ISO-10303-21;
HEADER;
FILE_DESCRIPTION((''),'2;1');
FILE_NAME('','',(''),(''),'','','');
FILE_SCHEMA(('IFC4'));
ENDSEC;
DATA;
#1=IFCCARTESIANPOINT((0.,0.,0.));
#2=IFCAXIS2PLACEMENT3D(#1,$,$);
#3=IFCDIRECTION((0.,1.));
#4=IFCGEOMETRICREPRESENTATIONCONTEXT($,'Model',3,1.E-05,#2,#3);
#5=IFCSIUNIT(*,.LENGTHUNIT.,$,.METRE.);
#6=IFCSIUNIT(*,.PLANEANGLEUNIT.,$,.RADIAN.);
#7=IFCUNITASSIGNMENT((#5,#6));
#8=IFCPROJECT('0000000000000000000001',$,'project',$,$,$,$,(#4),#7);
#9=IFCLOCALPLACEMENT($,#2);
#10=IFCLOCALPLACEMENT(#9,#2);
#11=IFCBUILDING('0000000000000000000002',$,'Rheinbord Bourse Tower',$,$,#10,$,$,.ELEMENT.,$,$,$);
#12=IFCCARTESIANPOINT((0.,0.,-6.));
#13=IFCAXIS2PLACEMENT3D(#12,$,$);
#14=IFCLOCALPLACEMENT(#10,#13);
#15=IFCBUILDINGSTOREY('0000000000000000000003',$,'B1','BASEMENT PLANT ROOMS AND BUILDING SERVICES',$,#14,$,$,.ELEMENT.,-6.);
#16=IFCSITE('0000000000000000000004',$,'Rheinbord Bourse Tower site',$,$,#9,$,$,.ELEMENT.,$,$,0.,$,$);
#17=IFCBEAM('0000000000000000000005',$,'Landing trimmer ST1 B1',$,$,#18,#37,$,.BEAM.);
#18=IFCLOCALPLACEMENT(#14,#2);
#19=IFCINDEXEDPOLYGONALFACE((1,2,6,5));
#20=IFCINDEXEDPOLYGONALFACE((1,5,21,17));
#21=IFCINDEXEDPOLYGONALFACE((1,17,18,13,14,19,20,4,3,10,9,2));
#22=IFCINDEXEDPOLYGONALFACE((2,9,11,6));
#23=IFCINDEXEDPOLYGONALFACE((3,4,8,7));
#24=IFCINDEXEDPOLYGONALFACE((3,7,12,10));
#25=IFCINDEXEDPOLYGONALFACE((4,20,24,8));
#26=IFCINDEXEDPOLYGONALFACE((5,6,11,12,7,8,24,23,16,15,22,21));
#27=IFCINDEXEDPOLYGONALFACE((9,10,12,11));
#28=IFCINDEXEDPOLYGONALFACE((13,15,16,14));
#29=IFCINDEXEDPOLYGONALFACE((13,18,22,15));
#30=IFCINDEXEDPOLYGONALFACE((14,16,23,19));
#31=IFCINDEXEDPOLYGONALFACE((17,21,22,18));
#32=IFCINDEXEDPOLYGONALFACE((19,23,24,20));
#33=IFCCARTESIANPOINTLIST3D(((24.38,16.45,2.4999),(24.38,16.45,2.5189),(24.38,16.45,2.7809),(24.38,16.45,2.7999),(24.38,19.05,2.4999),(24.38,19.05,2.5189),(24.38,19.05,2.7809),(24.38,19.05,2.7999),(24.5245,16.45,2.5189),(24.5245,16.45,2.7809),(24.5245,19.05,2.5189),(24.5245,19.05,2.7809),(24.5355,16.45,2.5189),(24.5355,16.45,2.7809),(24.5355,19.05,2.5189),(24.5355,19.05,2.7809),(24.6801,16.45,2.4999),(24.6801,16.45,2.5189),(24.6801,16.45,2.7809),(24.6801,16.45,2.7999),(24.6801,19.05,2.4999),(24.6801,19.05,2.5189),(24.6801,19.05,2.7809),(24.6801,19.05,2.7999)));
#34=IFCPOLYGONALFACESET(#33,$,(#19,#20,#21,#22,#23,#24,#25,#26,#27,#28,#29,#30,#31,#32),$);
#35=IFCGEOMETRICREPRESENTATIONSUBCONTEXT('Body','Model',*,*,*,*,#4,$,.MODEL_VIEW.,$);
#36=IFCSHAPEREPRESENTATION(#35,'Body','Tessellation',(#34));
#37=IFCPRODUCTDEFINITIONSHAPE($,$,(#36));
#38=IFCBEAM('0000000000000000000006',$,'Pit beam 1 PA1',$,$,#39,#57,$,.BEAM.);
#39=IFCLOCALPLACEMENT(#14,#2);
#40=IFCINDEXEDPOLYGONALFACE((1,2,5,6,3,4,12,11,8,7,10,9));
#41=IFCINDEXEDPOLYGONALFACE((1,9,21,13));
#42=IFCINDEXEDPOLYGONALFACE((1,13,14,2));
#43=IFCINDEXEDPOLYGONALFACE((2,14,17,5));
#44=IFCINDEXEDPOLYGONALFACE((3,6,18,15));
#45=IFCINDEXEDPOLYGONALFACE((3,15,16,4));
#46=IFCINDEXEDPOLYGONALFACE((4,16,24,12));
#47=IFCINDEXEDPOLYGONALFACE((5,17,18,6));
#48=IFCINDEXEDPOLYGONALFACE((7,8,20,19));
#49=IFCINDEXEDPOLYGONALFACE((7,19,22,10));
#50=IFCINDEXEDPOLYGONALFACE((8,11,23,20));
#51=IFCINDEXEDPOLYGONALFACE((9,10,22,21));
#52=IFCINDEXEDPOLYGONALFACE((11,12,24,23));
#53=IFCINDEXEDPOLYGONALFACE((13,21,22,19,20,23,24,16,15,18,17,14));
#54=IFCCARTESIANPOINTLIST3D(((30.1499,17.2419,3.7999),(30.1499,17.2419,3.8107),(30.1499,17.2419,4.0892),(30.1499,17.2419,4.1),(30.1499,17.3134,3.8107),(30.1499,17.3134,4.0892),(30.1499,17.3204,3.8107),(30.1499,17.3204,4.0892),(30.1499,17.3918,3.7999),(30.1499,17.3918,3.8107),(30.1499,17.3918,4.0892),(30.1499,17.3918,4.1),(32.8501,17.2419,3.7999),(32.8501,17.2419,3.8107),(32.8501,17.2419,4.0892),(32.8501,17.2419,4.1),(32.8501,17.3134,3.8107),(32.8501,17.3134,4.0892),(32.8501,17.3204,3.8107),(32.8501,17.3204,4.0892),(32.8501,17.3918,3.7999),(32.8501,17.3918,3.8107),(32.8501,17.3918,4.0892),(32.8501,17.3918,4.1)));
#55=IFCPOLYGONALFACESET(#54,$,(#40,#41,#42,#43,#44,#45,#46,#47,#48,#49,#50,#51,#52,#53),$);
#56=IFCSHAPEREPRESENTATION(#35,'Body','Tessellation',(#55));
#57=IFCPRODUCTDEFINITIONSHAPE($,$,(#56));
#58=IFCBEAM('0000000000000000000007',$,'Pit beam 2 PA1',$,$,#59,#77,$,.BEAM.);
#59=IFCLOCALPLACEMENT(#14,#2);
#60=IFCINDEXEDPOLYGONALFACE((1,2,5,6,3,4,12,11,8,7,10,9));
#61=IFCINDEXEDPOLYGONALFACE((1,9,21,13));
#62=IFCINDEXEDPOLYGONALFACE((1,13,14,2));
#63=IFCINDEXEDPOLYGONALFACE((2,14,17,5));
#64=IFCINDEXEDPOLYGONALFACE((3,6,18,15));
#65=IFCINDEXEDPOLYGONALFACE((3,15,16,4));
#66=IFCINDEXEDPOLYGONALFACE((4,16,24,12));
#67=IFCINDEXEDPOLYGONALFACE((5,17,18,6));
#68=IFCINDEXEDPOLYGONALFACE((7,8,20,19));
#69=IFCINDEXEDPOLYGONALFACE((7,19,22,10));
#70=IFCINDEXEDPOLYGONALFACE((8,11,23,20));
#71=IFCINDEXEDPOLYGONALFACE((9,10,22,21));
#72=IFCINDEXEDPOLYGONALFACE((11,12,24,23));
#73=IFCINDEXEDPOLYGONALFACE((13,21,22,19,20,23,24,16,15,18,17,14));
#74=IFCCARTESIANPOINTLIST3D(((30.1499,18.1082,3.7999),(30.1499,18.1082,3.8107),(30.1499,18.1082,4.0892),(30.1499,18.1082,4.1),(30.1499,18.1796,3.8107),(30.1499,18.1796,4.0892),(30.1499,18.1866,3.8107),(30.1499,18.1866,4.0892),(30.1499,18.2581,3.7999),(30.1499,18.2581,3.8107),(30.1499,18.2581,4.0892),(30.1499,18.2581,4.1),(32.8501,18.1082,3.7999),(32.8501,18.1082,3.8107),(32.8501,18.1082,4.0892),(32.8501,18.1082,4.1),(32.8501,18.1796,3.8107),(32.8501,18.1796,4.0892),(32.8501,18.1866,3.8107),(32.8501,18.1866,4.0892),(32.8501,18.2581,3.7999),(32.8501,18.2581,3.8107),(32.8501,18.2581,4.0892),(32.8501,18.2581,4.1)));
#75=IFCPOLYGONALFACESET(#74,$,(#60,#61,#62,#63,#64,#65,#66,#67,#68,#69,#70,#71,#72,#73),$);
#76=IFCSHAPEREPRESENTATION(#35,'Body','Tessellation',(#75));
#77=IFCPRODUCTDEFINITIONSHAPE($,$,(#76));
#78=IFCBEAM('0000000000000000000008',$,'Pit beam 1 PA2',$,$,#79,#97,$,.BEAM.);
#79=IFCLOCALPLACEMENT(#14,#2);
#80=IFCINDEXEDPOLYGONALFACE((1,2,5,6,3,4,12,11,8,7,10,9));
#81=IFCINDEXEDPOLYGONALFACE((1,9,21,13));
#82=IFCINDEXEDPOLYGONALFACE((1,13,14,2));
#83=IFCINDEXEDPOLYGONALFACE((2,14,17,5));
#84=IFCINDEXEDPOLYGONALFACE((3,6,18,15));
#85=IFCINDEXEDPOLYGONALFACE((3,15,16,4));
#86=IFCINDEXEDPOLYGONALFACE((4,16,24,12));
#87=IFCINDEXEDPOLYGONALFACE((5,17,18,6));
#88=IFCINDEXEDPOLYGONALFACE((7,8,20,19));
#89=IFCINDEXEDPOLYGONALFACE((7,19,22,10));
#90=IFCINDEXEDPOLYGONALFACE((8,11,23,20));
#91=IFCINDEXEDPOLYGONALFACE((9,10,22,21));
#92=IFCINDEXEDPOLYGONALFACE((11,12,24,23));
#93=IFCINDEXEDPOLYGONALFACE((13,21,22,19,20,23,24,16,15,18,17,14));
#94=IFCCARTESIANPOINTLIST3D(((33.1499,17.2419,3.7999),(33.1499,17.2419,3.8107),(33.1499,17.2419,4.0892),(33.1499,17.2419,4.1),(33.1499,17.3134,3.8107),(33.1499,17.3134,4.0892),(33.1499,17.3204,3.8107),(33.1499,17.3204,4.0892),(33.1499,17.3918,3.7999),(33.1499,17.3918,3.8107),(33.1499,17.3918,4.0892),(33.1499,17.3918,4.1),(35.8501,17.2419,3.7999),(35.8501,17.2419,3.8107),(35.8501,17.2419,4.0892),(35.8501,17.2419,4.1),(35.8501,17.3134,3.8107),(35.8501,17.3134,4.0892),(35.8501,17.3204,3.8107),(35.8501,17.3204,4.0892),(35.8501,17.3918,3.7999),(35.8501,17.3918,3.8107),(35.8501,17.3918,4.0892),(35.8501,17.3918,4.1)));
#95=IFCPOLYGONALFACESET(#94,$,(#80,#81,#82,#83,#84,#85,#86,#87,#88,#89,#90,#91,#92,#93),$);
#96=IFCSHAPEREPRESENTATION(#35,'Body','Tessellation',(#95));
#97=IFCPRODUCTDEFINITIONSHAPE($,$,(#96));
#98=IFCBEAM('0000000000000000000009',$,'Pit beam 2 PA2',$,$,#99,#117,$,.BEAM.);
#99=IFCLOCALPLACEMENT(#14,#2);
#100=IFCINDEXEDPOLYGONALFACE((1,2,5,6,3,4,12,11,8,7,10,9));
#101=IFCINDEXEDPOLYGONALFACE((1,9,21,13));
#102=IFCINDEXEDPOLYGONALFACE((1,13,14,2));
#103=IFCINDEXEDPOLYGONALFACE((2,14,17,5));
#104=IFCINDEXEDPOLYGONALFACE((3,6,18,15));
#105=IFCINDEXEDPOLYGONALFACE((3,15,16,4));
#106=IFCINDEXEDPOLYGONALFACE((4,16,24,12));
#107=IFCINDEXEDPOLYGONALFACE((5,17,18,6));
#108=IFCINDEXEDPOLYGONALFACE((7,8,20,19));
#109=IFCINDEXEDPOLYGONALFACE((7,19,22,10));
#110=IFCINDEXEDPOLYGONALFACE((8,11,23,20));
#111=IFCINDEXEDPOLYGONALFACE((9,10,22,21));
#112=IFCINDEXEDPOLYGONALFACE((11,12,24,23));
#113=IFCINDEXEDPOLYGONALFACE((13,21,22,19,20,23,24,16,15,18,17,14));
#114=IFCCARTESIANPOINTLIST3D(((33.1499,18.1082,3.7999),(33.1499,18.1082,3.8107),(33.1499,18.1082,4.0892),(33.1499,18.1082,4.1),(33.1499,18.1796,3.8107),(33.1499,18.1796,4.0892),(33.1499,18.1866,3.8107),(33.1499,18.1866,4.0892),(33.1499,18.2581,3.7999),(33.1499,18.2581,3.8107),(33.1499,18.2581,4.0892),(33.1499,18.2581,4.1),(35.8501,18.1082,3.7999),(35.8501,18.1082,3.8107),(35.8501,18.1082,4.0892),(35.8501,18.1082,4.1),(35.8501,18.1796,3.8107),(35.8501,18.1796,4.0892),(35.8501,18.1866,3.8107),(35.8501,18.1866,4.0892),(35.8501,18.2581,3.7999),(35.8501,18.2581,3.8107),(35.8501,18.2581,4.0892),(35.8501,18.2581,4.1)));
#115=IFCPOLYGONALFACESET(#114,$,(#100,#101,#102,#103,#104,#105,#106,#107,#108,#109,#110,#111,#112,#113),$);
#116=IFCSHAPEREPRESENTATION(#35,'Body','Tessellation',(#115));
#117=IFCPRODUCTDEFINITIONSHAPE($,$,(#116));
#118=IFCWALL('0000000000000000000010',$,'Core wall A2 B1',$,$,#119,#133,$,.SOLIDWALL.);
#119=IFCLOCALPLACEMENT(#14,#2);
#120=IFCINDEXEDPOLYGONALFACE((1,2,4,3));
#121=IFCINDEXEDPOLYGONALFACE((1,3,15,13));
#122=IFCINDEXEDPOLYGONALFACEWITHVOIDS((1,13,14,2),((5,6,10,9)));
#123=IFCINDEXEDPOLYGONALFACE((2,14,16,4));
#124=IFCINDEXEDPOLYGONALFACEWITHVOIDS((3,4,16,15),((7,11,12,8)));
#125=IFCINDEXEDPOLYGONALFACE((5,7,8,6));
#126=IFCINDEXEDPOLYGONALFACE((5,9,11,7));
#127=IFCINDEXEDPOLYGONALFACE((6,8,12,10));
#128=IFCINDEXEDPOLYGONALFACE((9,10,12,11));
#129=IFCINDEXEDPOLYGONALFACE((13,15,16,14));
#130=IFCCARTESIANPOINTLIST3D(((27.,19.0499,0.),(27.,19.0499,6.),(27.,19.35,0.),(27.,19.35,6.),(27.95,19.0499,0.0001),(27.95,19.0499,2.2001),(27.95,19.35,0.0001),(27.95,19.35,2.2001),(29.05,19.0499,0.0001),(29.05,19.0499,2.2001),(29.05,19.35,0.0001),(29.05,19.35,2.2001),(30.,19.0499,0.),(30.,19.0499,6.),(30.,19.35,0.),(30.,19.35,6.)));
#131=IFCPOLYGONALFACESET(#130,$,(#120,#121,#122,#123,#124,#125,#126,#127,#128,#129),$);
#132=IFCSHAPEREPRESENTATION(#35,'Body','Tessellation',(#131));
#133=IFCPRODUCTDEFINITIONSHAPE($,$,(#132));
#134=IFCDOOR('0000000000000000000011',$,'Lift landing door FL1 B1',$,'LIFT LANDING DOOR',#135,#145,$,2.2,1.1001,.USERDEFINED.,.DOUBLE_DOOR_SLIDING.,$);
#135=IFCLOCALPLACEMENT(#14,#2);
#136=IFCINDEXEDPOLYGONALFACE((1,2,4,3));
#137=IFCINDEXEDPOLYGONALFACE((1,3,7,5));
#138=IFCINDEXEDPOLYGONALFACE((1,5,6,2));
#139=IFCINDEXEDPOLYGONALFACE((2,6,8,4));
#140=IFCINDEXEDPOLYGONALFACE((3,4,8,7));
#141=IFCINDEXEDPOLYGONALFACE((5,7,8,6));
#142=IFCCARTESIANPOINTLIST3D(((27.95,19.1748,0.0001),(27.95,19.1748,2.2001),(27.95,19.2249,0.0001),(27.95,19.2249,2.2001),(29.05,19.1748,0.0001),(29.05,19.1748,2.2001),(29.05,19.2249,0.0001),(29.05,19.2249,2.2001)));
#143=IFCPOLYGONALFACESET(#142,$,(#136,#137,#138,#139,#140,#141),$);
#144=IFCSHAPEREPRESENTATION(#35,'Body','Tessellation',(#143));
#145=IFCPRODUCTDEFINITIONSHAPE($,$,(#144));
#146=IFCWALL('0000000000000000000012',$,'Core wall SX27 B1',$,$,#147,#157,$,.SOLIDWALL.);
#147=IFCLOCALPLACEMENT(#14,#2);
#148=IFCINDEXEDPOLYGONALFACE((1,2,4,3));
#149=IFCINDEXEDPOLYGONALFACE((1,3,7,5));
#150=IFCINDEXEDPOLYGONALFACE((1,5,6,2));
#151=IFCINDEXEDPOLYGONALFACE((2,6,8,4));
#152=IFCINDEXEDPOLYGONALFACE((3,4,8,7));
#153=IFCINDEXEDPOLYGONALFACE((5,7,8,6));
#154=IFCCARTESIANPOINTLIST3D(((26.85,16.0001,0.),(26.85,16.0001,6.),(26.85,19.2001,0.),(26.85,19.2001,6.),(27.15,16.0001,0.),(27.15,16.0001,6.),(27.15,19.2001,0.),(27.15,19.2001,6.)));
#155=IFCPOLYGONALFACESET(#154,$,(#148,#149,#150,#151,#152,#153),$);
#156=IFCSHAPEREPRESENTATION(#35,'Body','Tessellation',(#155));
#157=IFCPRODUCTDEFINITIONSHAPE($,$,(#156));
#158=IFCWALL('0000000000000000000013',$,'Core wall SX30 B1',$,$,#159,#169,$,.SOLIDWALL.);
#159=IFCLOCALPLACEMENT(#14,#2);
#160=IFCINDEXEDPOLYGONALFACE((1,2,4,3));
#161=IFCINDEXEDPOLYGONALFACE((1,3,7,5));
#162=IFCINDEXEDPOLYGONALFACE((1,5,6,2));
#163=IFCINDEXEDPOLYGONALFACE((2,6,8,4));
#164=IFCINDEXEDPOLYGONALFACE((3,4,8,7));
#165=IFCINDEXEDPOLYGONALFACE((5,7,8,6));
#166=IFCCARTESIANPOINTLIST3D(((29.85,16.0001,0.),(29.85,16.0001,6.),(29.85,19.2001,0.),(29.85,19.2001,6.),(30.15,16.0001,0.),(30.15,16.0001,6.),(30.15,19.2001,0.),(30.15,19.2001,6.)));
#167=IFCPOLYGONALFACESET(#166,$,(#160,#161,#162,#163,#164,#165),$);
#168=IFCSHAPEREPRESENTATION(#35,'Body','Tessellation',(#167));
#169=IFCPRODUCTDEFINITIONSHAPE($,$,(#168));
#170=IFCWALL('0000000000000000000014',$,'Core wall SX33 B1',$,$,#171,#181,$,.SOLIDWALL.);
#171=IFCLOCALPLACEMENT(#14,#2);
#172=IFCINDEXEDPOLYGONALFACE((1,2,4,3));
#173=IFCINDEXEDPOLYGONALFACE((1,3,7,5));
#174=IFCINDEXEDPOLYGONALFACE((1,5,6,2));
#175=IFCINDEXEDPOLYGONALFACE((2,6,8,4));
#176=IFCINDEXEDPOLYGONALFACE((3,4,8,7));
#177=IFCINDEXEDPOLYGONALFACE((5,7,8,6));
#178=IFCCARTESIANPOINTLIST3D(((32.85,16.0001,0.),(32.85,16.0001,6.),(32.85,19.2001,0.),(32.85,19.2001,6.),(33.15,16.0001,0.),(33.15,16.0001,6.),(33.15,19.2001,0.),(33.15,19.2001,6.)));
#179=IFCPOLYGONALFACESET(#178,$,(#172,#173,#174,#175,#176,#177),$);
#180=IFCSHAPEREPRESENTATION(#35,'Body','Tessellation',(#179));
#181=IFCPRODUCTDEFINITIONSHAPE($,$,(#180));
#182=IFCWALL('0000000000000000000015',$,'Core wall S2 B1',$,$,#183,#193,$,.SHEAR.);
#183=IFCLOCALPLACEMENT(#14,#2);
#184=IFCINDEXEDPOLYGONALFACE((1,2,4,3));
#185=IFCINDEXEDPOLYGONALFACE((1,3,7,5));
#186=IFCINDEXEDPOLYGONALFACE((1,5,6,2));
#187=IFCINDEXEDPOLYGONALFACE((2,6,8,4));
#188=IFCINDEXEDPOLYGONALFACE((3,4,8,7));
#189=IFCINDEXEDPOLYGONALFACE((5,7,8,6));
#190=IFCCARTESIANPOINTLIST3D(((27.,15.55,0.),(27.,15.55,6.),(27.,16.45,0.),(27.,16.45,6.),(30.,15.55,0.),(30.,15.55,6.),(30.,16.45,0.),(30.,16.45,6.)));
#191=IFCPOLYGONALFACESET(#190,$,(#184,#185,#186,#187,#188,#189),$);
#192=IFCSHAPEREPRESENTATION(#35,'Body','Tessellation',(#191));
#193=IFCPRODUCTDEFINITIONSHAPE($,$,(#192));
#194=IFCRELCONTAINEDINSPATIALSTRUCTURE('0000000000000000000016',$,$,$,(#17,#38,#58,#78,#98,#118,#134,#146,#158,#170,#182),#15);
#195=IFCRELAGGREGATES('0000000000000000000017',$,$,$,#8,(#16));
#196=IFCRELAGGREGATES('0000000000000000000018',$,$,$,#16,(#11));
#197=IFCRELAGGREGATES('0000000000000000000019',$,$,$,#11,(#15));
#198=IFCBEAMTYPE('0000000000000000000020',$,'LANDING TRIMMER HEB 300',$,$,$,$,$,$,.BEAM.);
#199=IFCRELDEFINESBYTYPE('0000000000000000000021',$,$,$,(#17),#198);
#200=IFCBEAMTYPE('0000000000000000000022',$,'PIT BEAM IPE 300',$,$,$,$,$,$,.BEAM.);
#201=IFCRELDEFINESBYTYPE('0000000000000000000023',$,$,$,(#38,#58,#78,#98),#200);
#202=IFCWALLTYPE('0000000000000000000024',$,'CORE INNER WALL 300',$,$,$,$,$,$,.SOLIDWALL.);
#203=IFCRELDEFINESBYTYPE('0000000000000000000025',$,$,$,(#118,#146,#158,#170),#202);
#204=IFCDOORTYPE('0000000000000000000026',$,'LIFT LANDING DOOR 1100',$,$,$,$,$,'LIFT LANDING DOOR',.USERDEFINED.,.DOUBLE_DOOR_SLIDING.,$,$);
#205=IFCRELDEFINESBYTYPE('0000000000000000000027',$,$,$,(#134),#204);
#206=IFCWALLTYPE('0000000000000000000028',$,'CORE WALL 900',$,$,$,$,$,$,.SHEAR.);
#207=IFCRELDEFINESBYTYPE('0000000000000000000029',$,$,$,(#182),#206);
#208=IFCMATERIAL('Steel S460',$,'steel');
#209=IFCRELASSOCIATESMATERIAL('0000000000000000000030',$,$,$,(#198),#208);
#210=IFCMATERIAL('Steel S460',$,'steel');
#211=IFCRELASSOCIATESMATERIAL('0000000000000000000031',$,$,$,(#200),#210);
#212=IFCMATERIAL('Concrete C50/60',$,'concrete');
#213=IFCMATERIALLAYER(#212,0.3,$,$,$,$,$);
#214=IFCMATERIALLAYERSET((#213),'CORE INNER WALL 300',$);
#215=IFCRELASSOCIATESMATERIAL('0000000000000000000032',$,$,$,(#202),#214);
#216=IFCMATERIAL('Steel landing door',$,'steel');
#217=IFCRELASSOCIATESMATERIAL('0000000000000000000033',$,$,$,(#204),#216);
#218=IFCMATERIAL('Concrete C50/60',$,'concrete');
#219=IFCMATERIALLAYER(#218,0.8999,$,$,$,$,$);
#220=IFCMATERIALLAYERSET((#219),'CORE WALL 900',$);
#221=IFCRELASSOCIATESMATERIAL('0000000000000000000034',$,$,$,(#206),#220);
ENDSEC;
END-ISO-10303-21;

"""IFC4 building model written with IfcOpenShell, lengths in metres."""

from ifc_helpers import new_model, si_unit, direction, frame, frame_2d, origin, origin_2d, place, context, subcontext, project, spatial, rectangle, i_section, extrude, material, layer, layer_set, material_profile, profile_set, type_object, element, fill, save


model = new_model("IFC4")

# Units and contexts
model_context = context("Model", 3, precision=1e-05, world=origin(), true_north=direction((0.0, 1.0)))
body_context = subcontext(model_context, "Body", "Model", "MODEL_VIEW")
ifc_project = project(units=[si_unit("LENGTHUNIT", "METRE"), si_unit("PLANEANGLEUNIT", "RADIAN")], contexts=[model_context])

# Site, building, storey
site_placement = place(None, origin())
site = spatial("IfcSite", under=ifc_project, at=site_placement, Name="Rheinbord Bourse Tower site", CompositionType="ELEMENT", RefElevation=0.0)
building_placement = place(site_placement, origin())
building = spatial("IfcBuilding", under=site, at=building_placement, Name="Rheinbord Bourse Tower", CompositionType="ELEMENT")
storey_placement = place(building_placement, frame((0.0, 0.0, -6.0)))
storey = spatial("IfcBuildingStorey", under=building, at=storey_placement, Name="B1", Description="BASEMENT PLANT ROOMS AND BUILDING SERVICES", CompositionType="ELEMENT", Elevation=-6.0)

# Beams
ifc_material_1 = material(Name="Steel S460", Category="steel")
ifc_material_profile_1 = material_profile(ifc_material_1, i_section(OverallWidth=0.3, OverallDepth=0.3, WebThickness=0.011, FlangeThickness=0.019, at=origin_2d()), Name="HEB 300")
ifc_profile_set_1 = profile_set([ifc_material_profile_1], Name="Steel S460")
beam_type_1 = type_object("IfcBeamType", Name="LANDING TRIMMER HEB 300", PredefinedType="BEAM", material=ifc_profile_set_1)
beam_placement = place(storey_placement, frame((24.53, 16.45, 2.6499), z_axis=(0.0, 1.0, 0.0), x_axis=(-1.0, 0.0, 0.0)))
element("IfcBeam", 1, at=beam_placement, inside=storey, type_object=beam_type_1, Name="Landing trimmer ST1 B1", PredefinedType="BEAM", context=body_context, shape_type="SweptSolid", body=[
    extrude(i_section(OverallWidth=0.3, OverallDepth=0.3, WebThickness=0.011, FlangeThickness=0.019, at=origin_2d()), origin(), (0.0, 0.0, 1.0), 2.6001),
])
ifc_material_2 = material(Name="Steel S460", Category="steel")
ifc_material_profile_2 = material_profile(ifc_material_2, i_section(OverallWidth=0.1499, OverallDepth=0.3, WebThickness=0.0071, FlangeThickness=0.0107, at=origin_2d()), Name="IPE 300")
ifc_profile_set_2 = profile_set([ifc_material_profile_2], Name="Steel S460")
beam_type_2 = type_object("IfcBeamType", Name="PIT BEAM IPE 300", PredefinedType="BEAM", material=ifc_profile_set_2)
for number, where, z_axis, x_axis, name in (
    (2, (30.1499, 17.3169, 3.95), (1.0, 0.0, 0.0), (0.0, 1.0, 0.0), "Pit beam 1 PA1"),
    (3, (30.1499, 18.1831, 3.95), (1.0, 0.0, 0.0), (0.0, 1.0, 0.0), "Pit beam 2 PA1"),
    (4, (33.1499, 17.3169, 3.95), (1.0, 0.0, 0.0), (0.0, 1.0, 0.0), "Pit beam 1 PA2"),
    (5, (33.1499, 18.1831, 3.95), (1.0, 0.0, 0.0), (0.0, 1.0, 0.0), "Pit beam 2 PA2"),
):
    element("IfcBeam", number, at=place(storey_placement, frame(where, z_axis=z_axis, x_axis=x_axis)), inside=storey, type_object=beam_type_2, Name=name, PredefinedType="BEAM", context=body_context, shape_type="SweptSolid", body=[
        extrude(i_section(OverallWidth=0.1499, OverallDepth=0.3, WebThickness=0.0071, FlangeThickness=0.0107, at=origin_2d()), origin(), (0.0, 0.0, 1.0), 2.7002),
    ])

# Wall, opening, door
ifc_material_3 = material(Name="Concrete C50/60", Category="concrete")
ifc_layer_1 = layer(ifc_material_3, 0.3)
ifc_layer_set_1 = layer_set([ifc_layer_1], Name="CORE INNER WALL 300")
wall_type_1 = type_object("IfcWallType", Name="CORE INNER WALL 300", PredefinedType="SOLIDWALL", material=ifc_layer_set_1)
wall_1_placement = place(storey_placement, frame((27.0, 19.2, 0.0), z_axis=(0.0, 0.0, 1.0), x_axis=(1.0, 0.0, 0.0)))
wall_1 = element("IfcWall", 6, at=wall_1_placement, inside=storey, type_object=wall_type_1, Name="Core wall A2 B1", PredefinedType="SOLIDWALL", context=body_context, shape_type="SweptSolid", body=[
    extrude(rectangle(XDim=3.0, YDim=0.3, at=frame_2d((1.5, 0.0))), origin(), (0.0, 0.0, 1.0), 6.0),
])
opening_placement = place(wall_1_placement, frame((0.95, 0.0, 0.0)))
opening = element("IfcOpeningElement", 7, at=opening_placement, cuts=wall_1, PredefinedType="OPENING", context=body_context, shape_type="SweptSolid", body=[
    extrude(rectangle(XDim=1.1001, YDim=2.2, at=frame_2d((0.55, 1.1001))), frame((0.0, 0.1599, 0.0), z_axis=(0.0, -1.0, 0.0), x_axis=(1.0, 0.0, 0.0)), (0.0, 0.0, 1.0), 0.3201),
])
ifc_material_4 = material(Name="Steel landing door", Category="steel")
door_type = type_object("IfcDoorType", Name="LIFT LANDING DOOR 1100", ElementType="LIFT LANDING DOOR", OperationType="DOUBLE_DOOR_SLIDING", PredefinedType="USERDEFINED", material=ifc_material_4)
door_placement = place(opening_placement, origin())
door = element("IfcDoor", 8, at=door_placement, inside=storey, type_object=door_type, Name="Lift landing door FL1 B1", ObjectType="LIFT LANDING DOOR", OperationType="DOUBLE_DOOR_SLIDING", OverallHeight=2.2, OverallWidth=1.1001, PredefinedType="USERDEFINED", context=body_context, shape_type="SweptSolid", body=[
    extrude(rectangle(XDim=1.1001, YDim=2.2, at=frame_2d((0.55, 1.1001))), frame((0.0, 0.0249, 0.0), z_axis=(0.0, -1.0, 0.0), x_axis=(1.0, 0.0, 0.0)), (0.0, 0.0, 1.0), 0.05),
])
fill(opening, door)

# Walls
for number, where, z_axis, x_axis, name in (
    (9, (27.0, 16.0, 0.0), (0.0, 0.0, 1.0), (0.0, 1.0, 0.0), "Core wall SX27 B1"),
    (10, (30.0, 16.0, 0.0), (0.0, 0.0, 1.0), (0.0, 1.0, 0.0), "Core wall SX30 B1"),
    (11, (33.0, 16.0, 0.0), (0.0, 0.0, 1.0), (0.0, 1.0, 0.0), "Core wall SX33 B1"),
):
    element("IfcWall", number, at=place(storey_placement, frame(where, z_axis=z_axis, x_axis=x_axis)), inside=storey, type_object=wall_type_1, Name=name, PredefinedType="SOLIDWALL", context=body_context, shape_type="SweptSolid", body=[
        extrude(rectangle(XDim=3.2, YDim=0.3, at=frame_2d((1.6001, 0.0))), origin(), (0.0, 0.0, 1.0), 6.0),
    ])
ifc_material_5 = material(Name="Concrete C50/60", Category="concrete")
ifc_layer_2 = layer(ifc_material_5, 0.8999)
ifc_layer_set_2 = layer_set([ifc_layer_2], Name="CORE WALL 900")
wall_type_2 = type_object("IfcWallType", Name="CORE WALL 900", PredefinedType="SHEAR", material=ifc_layer_set_2)
for number, where, z_axis, x_axis, name in (
    (12, (27.0, 16.0, 0.0), (0.0, 0.0, 1.0), (1.0, 0.0, 0.0), "Core wall S2 B1"),
):
    element("IfcWall", number, at=place(storey_placement, frame(where, z_axis=z_axis, x_axis=x_axis)), inside=storey, type_object=wall_type_2, Name=name, PredefinedType="SHEAR", context=body_context, shape_type="SweptSolid", body=[
        extrude(rectangle(XDim=3.0, YDim=0.8999, at=frame_2d((1.5, 0.0))), origin(), (0.0, 0.0, 1.0), 6.0),
    ])

save(model, "model.ifc")
